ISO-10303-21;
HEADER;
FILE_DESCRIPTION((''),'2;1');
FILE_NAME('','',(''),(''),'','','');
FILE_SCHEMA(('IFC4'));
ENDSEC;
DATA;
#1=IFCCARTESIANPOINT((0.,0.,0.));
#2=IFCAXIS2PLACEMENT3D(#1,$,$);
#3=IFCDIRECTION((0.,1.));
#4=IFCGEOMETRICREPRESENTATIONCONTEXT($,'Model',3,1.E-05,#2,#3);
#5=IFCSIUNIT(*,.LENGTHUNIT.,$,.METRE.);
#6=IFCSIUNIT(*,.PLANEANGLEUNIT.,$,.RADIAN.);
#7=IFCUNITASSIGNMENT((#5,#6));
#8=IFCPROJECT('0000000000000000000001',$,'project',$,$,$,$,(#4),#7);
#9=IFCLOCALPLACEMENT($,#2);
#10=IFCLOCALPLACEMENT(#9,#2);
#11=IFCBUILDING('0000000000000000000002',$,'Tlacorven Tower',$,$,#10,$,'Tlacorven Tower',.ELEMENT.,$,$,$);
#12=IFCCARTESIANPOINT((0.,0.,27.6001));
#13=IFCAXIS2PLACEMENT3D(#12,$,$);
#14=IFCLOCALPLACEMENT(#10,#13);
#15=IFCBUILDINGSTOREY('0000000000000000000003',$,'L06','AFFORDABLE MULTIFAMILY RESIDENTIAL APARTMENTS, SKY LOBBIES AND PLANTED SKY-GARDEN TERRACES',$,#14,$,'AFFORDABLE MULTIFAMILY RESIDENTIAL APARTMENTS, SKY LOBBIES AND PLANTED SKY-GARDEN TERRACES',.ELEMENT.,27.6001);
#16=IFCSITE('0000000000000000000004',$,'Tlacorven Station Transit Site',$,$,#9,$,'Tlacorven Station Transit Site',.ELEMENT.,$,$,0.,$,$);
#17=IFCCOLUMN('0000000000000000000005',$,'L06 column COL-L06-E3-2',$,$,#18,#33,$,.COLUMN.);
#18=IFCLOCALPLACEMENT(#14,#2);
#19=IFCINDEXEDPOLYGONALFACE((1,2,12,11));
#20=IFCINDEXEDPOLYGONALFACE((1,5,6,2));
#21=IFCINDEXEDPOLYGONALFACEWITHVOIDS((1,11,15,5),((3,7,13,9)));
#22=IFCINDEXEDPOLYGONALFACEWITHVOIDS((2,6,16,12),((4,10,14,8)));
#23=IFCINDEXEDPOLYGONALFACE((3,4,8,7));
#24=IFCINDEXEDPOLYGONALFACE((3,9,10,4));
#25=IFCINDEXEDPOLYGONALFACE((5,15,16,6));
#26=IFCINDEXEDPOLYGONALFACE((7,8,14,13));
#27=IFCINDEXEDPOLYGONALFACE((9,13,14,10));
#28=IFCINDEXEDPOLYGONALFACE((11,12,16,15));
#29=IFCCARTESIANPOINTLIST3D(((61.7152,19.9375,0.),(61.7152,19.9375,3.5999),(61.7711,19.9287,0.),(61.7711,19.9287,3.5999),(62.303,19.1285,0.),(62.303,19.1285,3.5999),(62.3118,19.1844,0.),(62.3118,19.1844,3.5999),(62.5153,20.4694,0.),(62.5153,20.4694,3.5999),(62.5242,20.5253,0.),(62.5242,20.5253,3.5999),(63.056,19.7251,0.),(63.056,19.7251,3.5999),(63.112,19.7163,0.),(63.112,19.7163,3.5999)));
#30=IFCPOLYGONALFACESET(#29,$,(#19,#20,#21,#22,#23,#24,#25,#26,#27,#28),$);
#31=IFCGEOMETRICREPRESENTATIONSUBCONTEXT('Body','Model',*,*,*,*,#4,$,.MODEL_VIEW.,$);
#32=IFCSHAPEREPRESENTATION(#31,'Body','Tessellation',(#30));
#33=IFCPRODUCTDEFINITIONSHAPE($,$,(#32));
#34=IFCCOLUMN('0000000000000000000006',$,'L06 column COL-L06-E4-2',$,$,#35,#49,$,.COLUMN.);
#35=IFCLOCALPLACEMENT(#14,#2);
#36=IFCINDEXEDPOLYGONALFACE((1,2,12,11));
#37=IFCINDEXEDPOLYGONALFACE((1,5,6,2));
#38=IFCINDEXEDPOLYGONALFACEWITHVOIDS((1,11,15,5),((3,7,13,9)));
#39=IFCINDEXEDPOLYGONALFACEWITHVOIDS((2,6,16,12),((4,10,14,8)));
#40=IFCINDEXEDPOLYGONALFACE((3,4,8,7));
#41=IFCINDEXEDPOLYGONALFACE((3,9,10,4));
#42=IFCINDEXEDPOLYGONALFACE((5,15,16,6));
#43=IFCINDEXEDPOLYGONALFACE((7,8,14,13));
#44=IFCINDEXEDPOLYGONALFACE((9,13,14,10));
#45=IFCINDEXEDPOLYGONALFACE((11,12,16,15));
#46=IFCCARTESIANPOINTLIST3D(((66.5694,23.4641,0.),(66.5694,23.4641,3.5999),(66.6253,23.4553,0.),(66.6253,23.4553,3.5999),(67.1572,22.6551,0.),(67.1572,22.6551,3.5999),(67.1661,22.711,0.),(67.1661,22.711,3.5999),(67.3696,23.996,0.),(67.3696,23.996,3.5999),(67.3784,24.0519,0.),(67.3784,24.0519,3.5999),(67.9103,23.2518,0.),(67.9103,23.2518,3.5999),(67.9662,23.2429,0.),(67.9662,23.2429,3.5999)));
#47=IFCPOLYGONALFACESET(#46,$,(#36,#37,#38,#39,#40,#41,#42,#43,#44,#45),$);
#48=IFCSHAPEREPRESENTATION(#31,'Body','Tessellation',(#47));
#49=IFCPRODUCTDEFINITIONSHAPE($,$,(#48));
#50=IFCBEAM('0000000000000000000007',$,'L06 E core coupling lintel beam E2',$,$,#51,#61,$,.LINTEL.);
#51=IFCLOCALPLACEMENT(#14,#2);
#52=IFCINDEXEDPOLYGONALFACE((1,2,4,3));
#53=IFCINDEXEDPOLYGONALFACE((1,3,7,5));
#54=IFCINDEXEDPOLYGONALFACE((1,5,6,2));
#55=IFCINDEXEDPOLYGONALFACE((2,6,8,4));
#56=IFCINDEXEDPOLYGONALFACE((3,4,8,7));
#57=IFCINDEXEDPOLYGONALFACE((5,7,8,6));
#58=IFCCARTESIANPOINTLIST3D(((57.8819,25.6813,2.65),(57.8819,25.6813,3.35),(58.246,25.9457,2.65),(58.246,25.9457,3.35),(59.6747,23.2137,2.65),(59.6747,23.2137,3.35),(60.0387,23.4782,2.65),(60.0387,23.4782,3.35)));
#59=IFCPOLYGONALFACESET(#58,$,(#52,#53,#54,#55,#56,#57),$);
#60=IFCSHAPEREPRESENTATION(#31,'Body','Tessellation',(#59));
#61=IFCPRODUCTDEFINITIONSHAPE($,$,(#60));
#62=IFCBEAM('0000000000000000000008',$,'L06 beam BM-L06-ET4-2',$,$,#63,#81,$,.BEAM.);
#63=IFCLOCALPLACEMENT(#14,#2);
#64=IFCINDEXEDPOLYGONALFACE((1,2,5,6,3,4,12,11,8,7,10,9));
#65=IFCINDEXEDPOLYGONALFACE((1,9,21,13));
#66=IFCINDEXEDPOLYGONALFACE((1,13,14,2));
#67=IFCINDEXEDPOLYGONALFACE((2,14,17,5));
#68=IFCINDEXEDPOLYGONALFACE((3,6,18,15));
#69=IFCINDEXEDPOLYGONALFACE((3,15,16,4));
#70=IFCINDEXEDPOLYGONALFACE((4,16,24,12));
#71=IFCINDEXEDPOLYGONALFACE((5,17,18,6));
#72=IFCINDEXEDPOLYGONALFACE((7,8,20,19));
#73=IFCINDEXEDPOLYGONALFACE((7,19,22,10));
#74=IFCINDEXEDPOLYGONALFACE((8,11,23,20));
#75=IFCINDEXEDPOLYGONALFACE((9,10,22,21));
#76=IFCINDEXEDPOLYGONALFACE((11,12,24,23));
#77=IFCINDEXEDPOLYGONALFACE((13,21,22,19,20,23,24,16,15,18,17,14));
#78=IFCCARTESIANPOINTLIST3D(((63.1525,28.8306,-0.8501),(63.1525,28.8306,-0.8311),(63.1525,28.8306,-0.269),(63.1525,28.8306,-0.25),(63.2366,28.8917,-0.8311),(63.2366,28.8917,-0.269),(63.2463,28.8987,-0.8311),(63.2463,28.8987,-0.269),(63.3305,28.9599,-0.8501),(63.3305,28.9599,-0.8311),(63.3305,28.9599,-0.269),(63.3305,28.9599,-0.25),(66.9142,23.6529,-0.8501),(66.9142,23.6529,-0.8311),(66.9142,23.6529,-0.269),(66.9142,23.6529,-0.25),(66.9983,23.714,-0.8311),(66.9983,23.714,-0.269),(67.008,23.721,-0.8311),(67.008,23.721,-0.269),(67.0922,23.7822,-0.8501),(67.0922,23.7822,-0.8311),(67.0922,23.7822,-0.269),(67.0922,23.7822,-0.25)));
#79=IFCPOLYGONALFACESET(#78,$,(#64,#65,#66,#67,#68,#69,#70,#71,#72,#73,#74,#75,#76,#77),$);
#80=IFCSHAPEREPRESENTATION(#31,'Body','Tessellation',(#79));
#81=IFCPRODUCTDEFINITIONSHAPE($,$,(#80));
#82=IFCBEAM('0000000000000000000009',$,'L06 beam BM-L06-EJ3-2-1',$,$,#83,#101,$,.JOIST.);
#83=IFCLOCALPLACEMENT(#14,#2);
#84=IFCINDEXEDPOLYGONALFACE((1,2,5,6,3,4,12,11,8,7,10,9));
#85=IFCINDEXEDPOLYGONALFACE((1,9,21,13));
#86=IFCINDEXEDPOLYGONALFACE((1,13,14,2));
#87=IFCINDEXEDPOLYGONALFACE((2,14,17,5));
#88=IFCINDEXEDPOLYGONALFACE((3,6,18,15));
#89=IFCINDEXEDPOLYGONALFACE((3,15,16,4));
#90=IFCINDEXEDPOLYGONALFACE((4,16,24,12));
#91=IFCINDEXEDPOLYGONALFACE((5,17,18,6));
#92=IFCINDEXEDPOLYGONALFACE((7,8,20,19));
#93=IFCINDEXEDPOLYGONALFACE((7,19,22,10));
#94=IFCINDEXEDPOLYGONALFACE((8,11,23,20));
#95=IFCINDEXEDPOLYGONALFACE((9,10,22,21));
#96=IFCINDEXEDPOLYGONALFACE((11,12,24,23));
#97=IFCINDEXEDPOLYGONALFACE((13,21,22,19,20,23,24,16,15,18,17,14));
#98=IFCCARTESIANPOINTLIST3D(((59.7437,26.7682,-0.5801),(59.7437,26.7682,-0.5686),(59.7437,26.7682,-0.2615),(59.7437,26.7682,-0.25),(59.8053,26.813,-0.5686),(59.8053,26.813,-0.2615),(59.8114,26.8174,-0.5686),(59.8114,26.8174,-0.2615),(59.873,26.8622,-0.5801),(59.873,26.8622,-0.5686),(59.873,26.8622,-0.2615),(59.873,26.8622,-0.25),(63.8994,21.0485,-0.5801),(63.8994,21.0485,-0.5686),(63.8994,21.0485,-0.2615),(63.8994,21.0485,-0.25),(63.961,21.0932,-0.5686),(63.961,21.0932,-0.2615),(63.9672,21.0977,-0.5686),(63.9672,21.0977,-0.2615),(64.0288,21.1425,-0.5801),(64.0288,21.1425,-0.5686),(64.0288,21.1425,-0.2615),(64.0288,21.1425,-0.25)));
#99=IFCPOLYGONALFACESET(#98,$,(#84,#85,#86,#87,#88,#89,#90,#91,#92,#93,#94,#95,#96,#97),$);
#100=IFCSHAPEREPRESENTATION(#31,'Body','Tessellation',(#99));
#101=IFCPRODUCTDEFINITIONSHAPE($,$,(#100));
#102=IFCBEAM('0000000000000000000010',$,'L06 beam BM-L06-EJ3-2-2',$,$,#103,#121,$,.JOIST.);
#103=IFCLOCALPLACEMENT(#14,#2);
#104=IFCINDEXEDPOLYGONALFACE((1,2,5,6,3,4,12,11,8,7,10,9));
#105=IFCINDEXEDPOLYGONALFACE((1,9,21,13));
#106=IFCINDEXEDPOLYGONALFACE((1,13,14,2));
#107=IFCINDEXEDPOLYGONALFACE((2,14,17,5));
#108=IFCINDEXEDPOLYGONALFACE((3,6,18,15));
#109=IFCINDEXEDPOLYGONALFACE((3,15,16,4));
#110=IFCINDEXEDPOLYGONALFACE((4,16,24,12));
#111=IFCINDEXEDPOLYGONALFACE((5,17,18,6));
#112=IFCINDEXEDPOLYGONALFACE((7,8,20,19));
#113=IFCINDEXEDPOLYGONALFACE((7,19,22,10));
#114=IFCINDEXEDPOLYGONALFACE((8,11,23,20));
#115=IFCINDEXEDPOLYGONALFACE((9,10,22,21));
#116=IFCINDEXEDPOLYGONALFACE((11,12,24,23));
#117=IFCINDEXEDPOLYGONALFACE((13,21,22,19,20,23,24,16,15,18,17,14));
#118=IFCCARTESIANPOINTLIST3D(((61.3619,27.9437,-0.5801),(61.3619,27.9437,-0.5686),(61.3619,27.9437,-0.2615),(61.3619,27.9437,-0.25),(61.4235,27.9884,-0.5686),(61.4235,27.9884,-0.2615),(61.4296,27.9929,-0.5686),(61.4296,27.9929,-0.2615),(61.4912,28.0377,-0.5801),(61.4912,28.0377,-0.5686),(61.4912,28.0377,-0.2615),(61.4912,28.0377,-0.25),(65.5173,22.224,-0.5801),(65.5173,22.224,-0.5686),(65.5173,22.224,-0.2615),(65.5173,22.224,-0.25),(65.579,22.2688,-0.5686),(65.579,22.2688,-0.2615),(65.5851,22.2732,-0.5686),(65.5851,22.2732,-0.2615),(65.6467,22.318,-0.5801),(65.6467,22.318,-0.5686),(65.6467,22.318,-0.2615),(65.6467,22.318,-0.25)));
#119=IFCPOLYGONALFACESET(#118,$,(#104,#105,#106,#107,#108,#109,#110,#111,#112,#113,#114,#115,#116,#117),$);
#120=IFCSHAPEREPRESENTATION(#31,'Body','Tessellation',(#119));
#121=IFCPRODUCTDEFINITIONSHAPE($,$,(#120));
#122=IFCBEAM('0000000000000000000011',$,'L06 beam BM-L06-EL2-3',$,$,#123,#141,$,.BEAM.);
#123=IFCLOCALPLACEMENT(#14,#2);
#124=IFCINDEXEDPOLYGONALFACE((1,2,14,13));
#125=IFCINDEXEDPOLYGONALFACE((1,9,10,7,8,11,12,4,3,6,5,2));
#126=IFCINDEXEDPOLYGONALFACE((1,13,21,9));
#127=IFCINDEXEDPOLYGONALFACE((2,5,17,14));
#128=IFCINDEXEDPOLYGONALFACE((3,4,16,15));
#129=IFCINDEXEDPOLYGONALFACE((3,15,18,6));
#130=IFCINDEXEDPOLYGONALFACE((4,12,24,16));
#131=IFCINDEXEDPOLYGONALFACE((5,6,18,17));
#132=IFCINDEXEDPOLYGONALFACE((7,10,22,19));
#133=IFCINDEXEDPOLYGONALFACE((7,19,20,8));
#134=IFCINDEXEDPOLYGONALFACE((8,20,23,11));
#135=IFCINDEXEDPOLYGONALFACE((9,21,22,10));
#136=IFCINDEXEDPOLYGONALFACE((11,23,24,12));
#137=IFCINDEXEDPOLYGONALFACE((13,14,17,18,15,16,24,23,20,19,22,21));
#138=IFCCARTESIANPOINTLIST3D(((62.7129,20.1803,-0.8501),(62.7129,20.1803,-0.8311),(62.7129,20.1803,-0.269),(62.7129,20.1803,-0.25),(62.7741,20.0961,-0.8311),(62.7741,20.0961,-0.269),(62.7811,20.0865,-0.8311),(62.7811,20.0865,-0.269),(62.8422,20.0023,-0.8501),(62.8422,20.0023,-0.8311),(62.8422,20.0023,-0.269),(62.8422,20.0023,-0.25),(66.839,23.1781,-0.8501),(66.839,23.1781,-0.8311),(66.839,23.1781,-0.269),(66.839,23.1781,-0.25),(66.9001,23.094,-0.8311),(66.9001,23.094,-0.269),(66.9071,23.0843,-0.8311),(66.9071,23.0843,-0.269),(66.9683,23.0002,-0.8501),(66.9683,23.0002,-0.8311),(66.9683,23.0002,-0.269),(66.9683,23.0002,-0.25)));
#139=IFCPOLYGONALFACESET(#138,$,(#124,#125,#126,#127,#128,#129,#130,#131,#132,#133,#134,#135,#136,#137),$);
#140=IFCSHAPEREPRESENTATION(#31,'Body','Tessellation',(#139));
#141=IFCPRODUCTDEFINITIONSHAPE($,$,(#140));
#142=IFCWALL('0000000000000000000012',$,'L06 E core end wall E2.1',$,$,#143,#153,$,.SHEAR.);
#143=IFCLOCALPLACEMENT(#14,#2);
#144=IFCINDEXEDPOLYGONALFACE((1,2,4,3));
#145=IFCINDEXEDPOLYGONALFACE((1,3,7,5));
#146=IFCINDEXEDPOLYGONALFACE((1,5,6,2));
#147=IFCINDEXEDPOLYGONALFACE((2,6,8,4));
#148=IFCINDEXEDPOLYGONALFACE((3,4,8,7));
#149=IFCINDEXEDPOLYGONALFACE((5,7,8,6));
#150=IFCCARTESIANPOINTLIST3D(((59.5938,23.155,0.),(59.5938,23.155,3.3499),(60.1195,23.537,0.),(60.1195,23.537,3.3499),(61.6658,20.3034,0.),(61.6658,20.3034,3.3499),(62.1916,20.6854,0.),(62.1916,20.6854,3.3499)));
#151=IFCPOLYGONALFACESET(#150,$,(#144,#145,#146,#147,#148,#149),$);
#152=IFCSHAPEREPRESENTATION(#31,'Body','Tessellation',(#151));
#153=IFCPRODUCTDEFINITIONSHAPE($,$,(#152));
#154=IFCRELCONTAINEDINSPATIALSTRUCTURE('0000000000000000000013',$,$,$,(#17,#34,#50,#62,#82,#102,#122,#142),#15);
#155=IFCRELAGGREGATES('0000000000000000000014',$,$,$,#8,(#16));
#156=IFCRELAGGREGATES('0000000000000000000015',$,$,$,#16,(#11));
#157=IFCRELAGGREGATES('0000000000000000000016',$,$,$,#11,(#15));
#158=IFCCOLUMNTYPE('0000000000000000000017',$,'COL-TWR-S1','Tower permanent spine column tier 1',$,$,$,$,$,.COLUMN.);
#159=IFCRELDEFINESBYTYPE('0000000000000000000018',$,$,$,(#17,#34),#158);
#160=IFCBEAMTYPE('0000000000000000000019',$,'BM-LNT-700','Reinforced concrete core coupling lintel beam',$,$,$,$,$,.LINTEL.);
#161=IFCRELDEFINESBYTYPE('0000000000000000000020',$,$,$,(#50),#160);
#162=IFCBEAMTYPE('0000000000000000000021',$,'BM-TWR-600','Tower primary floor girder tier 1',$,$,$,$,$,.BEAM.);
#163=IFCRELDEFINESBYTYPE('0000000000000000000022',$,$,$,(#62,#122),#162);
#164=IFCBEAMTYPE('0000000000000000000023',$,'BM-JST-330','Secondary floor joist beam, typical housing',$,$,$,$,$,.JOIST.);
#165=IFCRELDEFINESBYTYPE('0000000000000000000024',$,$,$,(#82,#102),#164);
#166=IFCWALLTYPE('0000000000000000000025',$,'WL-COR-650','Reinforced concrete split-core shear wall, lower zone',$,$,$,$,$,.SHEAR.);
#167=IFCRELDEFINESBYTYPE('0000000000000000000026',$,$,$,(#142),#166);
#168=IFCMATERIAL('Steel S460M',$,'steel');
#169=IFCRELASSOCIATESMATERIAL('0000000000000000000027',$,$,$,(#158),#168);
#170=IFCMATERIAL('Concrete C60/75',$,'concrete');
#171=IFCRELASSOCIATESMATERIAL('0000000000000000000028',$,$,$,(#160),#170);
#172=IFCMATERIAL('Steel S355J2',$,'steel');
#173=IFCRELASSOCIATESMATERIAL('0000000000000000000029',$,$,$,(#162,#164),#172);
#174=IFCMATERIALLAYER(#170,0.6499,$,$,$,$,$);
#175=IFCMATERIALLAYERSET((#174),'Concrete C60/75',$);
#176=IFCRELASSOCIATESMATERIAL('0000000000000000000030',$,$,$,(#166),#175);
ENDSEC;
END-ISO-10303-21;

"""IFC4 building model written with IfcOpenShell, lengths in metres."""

from ifc_helpers import new_model, si_unit, direction, frame, frame_2d, origin, origin_2d, place, context, subcontext, project, spatial, rectangle, hollow_rectangle, i_section, extrude, source, transform, mapped, material, layer, layer_set, material_profile, profile_set, type_object, element, save


model = new_model("IFC4")

# Units and contexts
model_context = context("Model", 3, precision=1e-05, world=origin(), true_north=direction((0.0, 1.0)))
body_context = subcontext(model_context, "Body", "Model", "MODEL_VIEW")
ifc_project = project(units=[si_unit("LENGTHUNIT", "METRE"), si_unit("PLANEANGLEUNIT", "RADIAN")], contexts=[model_context])

# Site, building, storey
site_placement = place(None, origin())
site = spatial("IfcSite", under=ifc_project, at=site_placement, Name="Tlacorven Station Transit Site", LongName="Tlacorven Station Transit Site", CompositionType="ELEMENT", RefElevation=0.0)
building_placement = place(site_placement, origin())
building = spatial("IfcBuilding", under=site, at=building_placement, Name="Tlacorven Tower", LongName="Tlacorven Tower", CompositionType="ELEMENT")
storey_placement = place(building_placement, frame((0.0, 0.0, 27.6001)))
storey = spatial("IfcBuildingStorey", under=building, at=storey_placement, Name="L06", Description="AFFORDABLE MULTIFAMILY RESIDENTIAL APARTMENTS, SKY LOBBIES AND PLANTED SKY-GARDEN TERRACES", LongName="AFFORDABLE MULTIFAMILY RESIDENTIAL APARTMENTS, SKY LOBBIES AND PLANTED SKY-GARDEN TERRACES", CompositionType="ELEMENT", Elevation=27.6001)

# Columns
ifc_material_1 = material(Name="Steel S460M", Category="steel")
ifc_material_profile_1 = material_profile(ifc_material_1, hollow_rectangle(XDim=1.0, YDim=1.0, WallThickness=0.04, at=origin_2d()), Name="BOX 1000X1000X40")
ifc_profile_set_1 = profile_set([ifc_material_profile_1], Name="Steel S460M")
column_type = type_object("IfcColumnType", Name="COL-TWR-S1", Description="Tower permanent spine column tier 1", PredefinedType="COLUMN", material=ifc_profile_set_1)
shared_shape_1 = source(origin(), body_context, "Body", "SweptSolid", [
    extrude(hollow_rectangle(XDim=1.0, YDim=1.0, WallThickness=0.04, at=origin_2d()), origin(), (0.0, 0.0, 1.0), 3.5999),
])
for number, where, z_axis, x_axis, name in (
    (1, (62.4136, 19.8269, 0.0), (0.0, 0.0, 1.0), (0.809017, 0.587785, 0.0), "L06 column COL-L06-E3-2"),
    (2, (67.2678, 23.3535, 0.0), (0.0, 0.0, 1.0), (0.809017, 0.587785, 0.0), "L06 column COL-L06-E4-2"),
):
    element("IfcColumn", number, at=place(storey_placement, frame(where, z_axis=z_axis, x_axis=x_axis)), inside=storey, type_object=column_type, Name=name, PredefinedType="COLUMN", context=body_context, shape_type="MappedRepresentation", body=[
        mapped(shared_shape_1, transform((0.0, 0.0, 0.0), scale=1.0)),
    ])

# Beams
ifc_material_2 = material(Name="Concrete C60/75", Category="concrete")
ifc_material_profile_2 = material_profile(ifc_material_2, rectangle(XDim=0.45, YDim=0.7, at=origin_2d()), Name="RC 450X700")
ifc_profile_set_2 = profile_set([ifc_material_profile_2], Name="Concrete C60/75")
beam_type_1 = type_object("IfcBeamType", Name="BM-LNT-700", Description="Reinforced concrete core coupling lintel beam", PredefinedType="LINTEL", material=ifc_profile_set_2)
shared_shape_2 = source(origin(), body_context, "Body", "SweptSolid", [
    extrude(rectangle(XDim=0.45, YDim=0.7, at=origin_2d()), origin(), (0.0, 0.0, 1.0), 3.05),
])
beam_1_placement = place(storey_placement, frame((59.8567, 23.3459, 3.0), z_axis=(-0.587777, 0.809023, 0.0), x_axis=(-0.809023, -0.587777, 0.0)))
element("IfcBeam", 3, at=beam_1_placement, inside=storey, type_object=beam_type_1, Name="L06 E core coupling lintel beam E2", PredefinedType="LINTEL", context=body_context, shape_type="MappedRepresentation", body=[
    mapped(shared_shape_2, transform((0.0, 0.0, 0.0), scale=1.0)),
])
ifc_material_3 = material(Name="Steel S355J2", Category="steel")
ifc_material_profile_3 = material_profile(ifc_material_3, i_section(OverallWidth=0.22, OverallDepth=0.6001, WebThickness=0.012, FlangeThickness=0.019, at=origin_2d()), Name="IPE 600")
ifc_profile_set_3 = profile_set([ifc_material_profile_3], Name="Steel S355J2")
beam_type_2 = type_object("IfcBeamType", Name="BM-TWR-600", Description="Tower primary floor girder tier 1", PredefinedType="BEAM", material=ifc_profile_set_3)
shared_shape_3 = source(origin(), body_context, "Body", "SweptSolid", [
    extrude(i_section(OverallWidth=0.22, OverallDepth=0.6001, WebThickness=0.012, FlangeThickness=0.019, at=origin_2d()), origin(), (0.0, 0.0, 1.0), 6.3999),
])
beam_2_placement = place(storey_placement, frame((67.0032, 23.7175, -0.55), z_axis=(-0.587772, 0.809026, 0.0), x_axis=(-0.809026, -0.587772, 0.0)))
element("IfcBeam", 4, at=beam_2_placement, inside=storey, type_object=beam_type_2, Name="L06 beam BM-L06-ET4-2", PredefinedType="BEAM", context=body_context, shape_type="MappedRepresentation", body=[
    mapped(shared_shape_3, transform((0.0, 0.0, 0.0), scale=1.0)),
])
ifc_material_profile_4 = material_profile(ifc_material_3, i_section(OverallWidth=0.1599, OverallDepth=0.3301, WebThickness=0.0076, FlangeThickness=0.0115, at=origin_2d()), Name="IPE 330")
ifc_profile_set_4 = profile_set([ifc_material_profile_4], Name="Steel S355J2")
beam_type_3 = type_object("IfcBeamType", Name="BM-JST-330", Description="Secondary floor joist beam, typical housing", PredefinedType="JOIST", material=ifc_profile_set_4)
shared_shape_4 = source(origin(), body_context, "Body", "SweptSolid", [
    extrude(i_section(OverallWidth=0.1599, OverallDepth=0.3301, WebThickness=0.0076, FlangeThickness=0.0115, at=origin_2d()), origin(), (0.0, 0.0, 1.0), 7.0701),
])
beam_3_placement = place(storey_placement, frame((63.9641, 21.0955, -0.415), z_axis=(-0.587798, 0.809008, 0.0), x_axis=(-0.809008, -0.587798, 0.0)))
element("IfcBeam", 5, at=beam_3_placement, inside=storey, type_object=beam_type_3, Name="L06 beam BM-L06-EJ3-2-1", PredefinedType="JOIST", context=body_context, shape_type="MappedRepresentation", body=[
    mapped(shared_shape_4, transform((0.0, 0.0, 0.0), scale=1.0)),
])
shared_shape_5 = source(origin(), body_context, "Body", "SweptSolid", [
    extrude(i_section(OverallWidth=0.1599, OverallDepth=0.3301, WebThickness=0.0076, FlangeThickness=0.0115, at=origin_2d()), origin(), (0.0, 0.0, 1.0), 7.0698),
])
beam_4_placement = place(storey_placement, frame((65.582, 22.271, -0.415), z_axis=(-0.587775, 0.809024, 0.0), x_axis=(-0.809024, -0.587775, 0.0)))
element("IfcBeam", 6, at=beam_4_placement, inside=storey, type_object=beam_type_3, Name="L06 beam BM-L06-EJ3-2-2", PredefinedType="JOIST", context=body_context, shape_type="MappedRepresentation", body=[
    mapped(shared_shape_5, transform((0.0, 0.0, 0.0), scale=1.0)),
])
shared_shape_6 = source(origin(), body_context, "Body", "SweptSolid", [
    extrude(i_section(OverallWidth=0.22, OverallDepth=0.6001, WebThickness=0.012, FlangeThickness=0.019, at=origin_2d()), origin(), (0.0, 0.0, 1.0), 5.1001),
])
beam_5_placement = place(storey_placement, frame((62.7776, 20.0913, -0.55), z_axis=(0.809007, 0.587799, 0.0), x_axis=(-0.587799, 0.809007, 0.0)))
element("IfcBeam", 7, at=beam_5_placement, inside=storey, type_object=beam_type_2, Name="L06 beam BM-L06-EL2-3", PredefinedType="BEAM", context=body_context, shape_type="MappedRepresentation", body=[
    mapped(shared_shape_6, transform((0.0, 0.0, 0.0), scale=1.0)),
])

# Wall
ifc_layer_1 = layer(ifc_material_2, 0.6499)
ifc_layer_set_1 = layer_set([ifc_layer_1], Name="Concrete C60/75")
wall_type_1 = type_object("IfcWallType", Name="WL-COR-650", Description="Reinforced concrete split-core shear wall, lower zone", PredefinedType="SHEAR", material=ifc_layer_set_1)
wall_1_placement = place(storey_placement, frame((61.9287, 20.4944, 0.0), z_axis=(0.0, 0.0, 1.0), x_axis=(-0.58783, 0.808985, 0.0)))
element("IfcWall", 8, at=wall_1_placement, inside=storey, type_object=wall_type_1, Name="L06 E core end wall E2.1", PredefinedType="SHEAR", context=body_context, shape_type="SweptSolid", body=[
    extrude(rectangle(XDim=3.5249, YDim=0.6499, at=frame_2d((1.7625, 0.0))), origin(), (0.0, 0.0, 1.0), 3.3499),
])

save(model, "model.ifc")
